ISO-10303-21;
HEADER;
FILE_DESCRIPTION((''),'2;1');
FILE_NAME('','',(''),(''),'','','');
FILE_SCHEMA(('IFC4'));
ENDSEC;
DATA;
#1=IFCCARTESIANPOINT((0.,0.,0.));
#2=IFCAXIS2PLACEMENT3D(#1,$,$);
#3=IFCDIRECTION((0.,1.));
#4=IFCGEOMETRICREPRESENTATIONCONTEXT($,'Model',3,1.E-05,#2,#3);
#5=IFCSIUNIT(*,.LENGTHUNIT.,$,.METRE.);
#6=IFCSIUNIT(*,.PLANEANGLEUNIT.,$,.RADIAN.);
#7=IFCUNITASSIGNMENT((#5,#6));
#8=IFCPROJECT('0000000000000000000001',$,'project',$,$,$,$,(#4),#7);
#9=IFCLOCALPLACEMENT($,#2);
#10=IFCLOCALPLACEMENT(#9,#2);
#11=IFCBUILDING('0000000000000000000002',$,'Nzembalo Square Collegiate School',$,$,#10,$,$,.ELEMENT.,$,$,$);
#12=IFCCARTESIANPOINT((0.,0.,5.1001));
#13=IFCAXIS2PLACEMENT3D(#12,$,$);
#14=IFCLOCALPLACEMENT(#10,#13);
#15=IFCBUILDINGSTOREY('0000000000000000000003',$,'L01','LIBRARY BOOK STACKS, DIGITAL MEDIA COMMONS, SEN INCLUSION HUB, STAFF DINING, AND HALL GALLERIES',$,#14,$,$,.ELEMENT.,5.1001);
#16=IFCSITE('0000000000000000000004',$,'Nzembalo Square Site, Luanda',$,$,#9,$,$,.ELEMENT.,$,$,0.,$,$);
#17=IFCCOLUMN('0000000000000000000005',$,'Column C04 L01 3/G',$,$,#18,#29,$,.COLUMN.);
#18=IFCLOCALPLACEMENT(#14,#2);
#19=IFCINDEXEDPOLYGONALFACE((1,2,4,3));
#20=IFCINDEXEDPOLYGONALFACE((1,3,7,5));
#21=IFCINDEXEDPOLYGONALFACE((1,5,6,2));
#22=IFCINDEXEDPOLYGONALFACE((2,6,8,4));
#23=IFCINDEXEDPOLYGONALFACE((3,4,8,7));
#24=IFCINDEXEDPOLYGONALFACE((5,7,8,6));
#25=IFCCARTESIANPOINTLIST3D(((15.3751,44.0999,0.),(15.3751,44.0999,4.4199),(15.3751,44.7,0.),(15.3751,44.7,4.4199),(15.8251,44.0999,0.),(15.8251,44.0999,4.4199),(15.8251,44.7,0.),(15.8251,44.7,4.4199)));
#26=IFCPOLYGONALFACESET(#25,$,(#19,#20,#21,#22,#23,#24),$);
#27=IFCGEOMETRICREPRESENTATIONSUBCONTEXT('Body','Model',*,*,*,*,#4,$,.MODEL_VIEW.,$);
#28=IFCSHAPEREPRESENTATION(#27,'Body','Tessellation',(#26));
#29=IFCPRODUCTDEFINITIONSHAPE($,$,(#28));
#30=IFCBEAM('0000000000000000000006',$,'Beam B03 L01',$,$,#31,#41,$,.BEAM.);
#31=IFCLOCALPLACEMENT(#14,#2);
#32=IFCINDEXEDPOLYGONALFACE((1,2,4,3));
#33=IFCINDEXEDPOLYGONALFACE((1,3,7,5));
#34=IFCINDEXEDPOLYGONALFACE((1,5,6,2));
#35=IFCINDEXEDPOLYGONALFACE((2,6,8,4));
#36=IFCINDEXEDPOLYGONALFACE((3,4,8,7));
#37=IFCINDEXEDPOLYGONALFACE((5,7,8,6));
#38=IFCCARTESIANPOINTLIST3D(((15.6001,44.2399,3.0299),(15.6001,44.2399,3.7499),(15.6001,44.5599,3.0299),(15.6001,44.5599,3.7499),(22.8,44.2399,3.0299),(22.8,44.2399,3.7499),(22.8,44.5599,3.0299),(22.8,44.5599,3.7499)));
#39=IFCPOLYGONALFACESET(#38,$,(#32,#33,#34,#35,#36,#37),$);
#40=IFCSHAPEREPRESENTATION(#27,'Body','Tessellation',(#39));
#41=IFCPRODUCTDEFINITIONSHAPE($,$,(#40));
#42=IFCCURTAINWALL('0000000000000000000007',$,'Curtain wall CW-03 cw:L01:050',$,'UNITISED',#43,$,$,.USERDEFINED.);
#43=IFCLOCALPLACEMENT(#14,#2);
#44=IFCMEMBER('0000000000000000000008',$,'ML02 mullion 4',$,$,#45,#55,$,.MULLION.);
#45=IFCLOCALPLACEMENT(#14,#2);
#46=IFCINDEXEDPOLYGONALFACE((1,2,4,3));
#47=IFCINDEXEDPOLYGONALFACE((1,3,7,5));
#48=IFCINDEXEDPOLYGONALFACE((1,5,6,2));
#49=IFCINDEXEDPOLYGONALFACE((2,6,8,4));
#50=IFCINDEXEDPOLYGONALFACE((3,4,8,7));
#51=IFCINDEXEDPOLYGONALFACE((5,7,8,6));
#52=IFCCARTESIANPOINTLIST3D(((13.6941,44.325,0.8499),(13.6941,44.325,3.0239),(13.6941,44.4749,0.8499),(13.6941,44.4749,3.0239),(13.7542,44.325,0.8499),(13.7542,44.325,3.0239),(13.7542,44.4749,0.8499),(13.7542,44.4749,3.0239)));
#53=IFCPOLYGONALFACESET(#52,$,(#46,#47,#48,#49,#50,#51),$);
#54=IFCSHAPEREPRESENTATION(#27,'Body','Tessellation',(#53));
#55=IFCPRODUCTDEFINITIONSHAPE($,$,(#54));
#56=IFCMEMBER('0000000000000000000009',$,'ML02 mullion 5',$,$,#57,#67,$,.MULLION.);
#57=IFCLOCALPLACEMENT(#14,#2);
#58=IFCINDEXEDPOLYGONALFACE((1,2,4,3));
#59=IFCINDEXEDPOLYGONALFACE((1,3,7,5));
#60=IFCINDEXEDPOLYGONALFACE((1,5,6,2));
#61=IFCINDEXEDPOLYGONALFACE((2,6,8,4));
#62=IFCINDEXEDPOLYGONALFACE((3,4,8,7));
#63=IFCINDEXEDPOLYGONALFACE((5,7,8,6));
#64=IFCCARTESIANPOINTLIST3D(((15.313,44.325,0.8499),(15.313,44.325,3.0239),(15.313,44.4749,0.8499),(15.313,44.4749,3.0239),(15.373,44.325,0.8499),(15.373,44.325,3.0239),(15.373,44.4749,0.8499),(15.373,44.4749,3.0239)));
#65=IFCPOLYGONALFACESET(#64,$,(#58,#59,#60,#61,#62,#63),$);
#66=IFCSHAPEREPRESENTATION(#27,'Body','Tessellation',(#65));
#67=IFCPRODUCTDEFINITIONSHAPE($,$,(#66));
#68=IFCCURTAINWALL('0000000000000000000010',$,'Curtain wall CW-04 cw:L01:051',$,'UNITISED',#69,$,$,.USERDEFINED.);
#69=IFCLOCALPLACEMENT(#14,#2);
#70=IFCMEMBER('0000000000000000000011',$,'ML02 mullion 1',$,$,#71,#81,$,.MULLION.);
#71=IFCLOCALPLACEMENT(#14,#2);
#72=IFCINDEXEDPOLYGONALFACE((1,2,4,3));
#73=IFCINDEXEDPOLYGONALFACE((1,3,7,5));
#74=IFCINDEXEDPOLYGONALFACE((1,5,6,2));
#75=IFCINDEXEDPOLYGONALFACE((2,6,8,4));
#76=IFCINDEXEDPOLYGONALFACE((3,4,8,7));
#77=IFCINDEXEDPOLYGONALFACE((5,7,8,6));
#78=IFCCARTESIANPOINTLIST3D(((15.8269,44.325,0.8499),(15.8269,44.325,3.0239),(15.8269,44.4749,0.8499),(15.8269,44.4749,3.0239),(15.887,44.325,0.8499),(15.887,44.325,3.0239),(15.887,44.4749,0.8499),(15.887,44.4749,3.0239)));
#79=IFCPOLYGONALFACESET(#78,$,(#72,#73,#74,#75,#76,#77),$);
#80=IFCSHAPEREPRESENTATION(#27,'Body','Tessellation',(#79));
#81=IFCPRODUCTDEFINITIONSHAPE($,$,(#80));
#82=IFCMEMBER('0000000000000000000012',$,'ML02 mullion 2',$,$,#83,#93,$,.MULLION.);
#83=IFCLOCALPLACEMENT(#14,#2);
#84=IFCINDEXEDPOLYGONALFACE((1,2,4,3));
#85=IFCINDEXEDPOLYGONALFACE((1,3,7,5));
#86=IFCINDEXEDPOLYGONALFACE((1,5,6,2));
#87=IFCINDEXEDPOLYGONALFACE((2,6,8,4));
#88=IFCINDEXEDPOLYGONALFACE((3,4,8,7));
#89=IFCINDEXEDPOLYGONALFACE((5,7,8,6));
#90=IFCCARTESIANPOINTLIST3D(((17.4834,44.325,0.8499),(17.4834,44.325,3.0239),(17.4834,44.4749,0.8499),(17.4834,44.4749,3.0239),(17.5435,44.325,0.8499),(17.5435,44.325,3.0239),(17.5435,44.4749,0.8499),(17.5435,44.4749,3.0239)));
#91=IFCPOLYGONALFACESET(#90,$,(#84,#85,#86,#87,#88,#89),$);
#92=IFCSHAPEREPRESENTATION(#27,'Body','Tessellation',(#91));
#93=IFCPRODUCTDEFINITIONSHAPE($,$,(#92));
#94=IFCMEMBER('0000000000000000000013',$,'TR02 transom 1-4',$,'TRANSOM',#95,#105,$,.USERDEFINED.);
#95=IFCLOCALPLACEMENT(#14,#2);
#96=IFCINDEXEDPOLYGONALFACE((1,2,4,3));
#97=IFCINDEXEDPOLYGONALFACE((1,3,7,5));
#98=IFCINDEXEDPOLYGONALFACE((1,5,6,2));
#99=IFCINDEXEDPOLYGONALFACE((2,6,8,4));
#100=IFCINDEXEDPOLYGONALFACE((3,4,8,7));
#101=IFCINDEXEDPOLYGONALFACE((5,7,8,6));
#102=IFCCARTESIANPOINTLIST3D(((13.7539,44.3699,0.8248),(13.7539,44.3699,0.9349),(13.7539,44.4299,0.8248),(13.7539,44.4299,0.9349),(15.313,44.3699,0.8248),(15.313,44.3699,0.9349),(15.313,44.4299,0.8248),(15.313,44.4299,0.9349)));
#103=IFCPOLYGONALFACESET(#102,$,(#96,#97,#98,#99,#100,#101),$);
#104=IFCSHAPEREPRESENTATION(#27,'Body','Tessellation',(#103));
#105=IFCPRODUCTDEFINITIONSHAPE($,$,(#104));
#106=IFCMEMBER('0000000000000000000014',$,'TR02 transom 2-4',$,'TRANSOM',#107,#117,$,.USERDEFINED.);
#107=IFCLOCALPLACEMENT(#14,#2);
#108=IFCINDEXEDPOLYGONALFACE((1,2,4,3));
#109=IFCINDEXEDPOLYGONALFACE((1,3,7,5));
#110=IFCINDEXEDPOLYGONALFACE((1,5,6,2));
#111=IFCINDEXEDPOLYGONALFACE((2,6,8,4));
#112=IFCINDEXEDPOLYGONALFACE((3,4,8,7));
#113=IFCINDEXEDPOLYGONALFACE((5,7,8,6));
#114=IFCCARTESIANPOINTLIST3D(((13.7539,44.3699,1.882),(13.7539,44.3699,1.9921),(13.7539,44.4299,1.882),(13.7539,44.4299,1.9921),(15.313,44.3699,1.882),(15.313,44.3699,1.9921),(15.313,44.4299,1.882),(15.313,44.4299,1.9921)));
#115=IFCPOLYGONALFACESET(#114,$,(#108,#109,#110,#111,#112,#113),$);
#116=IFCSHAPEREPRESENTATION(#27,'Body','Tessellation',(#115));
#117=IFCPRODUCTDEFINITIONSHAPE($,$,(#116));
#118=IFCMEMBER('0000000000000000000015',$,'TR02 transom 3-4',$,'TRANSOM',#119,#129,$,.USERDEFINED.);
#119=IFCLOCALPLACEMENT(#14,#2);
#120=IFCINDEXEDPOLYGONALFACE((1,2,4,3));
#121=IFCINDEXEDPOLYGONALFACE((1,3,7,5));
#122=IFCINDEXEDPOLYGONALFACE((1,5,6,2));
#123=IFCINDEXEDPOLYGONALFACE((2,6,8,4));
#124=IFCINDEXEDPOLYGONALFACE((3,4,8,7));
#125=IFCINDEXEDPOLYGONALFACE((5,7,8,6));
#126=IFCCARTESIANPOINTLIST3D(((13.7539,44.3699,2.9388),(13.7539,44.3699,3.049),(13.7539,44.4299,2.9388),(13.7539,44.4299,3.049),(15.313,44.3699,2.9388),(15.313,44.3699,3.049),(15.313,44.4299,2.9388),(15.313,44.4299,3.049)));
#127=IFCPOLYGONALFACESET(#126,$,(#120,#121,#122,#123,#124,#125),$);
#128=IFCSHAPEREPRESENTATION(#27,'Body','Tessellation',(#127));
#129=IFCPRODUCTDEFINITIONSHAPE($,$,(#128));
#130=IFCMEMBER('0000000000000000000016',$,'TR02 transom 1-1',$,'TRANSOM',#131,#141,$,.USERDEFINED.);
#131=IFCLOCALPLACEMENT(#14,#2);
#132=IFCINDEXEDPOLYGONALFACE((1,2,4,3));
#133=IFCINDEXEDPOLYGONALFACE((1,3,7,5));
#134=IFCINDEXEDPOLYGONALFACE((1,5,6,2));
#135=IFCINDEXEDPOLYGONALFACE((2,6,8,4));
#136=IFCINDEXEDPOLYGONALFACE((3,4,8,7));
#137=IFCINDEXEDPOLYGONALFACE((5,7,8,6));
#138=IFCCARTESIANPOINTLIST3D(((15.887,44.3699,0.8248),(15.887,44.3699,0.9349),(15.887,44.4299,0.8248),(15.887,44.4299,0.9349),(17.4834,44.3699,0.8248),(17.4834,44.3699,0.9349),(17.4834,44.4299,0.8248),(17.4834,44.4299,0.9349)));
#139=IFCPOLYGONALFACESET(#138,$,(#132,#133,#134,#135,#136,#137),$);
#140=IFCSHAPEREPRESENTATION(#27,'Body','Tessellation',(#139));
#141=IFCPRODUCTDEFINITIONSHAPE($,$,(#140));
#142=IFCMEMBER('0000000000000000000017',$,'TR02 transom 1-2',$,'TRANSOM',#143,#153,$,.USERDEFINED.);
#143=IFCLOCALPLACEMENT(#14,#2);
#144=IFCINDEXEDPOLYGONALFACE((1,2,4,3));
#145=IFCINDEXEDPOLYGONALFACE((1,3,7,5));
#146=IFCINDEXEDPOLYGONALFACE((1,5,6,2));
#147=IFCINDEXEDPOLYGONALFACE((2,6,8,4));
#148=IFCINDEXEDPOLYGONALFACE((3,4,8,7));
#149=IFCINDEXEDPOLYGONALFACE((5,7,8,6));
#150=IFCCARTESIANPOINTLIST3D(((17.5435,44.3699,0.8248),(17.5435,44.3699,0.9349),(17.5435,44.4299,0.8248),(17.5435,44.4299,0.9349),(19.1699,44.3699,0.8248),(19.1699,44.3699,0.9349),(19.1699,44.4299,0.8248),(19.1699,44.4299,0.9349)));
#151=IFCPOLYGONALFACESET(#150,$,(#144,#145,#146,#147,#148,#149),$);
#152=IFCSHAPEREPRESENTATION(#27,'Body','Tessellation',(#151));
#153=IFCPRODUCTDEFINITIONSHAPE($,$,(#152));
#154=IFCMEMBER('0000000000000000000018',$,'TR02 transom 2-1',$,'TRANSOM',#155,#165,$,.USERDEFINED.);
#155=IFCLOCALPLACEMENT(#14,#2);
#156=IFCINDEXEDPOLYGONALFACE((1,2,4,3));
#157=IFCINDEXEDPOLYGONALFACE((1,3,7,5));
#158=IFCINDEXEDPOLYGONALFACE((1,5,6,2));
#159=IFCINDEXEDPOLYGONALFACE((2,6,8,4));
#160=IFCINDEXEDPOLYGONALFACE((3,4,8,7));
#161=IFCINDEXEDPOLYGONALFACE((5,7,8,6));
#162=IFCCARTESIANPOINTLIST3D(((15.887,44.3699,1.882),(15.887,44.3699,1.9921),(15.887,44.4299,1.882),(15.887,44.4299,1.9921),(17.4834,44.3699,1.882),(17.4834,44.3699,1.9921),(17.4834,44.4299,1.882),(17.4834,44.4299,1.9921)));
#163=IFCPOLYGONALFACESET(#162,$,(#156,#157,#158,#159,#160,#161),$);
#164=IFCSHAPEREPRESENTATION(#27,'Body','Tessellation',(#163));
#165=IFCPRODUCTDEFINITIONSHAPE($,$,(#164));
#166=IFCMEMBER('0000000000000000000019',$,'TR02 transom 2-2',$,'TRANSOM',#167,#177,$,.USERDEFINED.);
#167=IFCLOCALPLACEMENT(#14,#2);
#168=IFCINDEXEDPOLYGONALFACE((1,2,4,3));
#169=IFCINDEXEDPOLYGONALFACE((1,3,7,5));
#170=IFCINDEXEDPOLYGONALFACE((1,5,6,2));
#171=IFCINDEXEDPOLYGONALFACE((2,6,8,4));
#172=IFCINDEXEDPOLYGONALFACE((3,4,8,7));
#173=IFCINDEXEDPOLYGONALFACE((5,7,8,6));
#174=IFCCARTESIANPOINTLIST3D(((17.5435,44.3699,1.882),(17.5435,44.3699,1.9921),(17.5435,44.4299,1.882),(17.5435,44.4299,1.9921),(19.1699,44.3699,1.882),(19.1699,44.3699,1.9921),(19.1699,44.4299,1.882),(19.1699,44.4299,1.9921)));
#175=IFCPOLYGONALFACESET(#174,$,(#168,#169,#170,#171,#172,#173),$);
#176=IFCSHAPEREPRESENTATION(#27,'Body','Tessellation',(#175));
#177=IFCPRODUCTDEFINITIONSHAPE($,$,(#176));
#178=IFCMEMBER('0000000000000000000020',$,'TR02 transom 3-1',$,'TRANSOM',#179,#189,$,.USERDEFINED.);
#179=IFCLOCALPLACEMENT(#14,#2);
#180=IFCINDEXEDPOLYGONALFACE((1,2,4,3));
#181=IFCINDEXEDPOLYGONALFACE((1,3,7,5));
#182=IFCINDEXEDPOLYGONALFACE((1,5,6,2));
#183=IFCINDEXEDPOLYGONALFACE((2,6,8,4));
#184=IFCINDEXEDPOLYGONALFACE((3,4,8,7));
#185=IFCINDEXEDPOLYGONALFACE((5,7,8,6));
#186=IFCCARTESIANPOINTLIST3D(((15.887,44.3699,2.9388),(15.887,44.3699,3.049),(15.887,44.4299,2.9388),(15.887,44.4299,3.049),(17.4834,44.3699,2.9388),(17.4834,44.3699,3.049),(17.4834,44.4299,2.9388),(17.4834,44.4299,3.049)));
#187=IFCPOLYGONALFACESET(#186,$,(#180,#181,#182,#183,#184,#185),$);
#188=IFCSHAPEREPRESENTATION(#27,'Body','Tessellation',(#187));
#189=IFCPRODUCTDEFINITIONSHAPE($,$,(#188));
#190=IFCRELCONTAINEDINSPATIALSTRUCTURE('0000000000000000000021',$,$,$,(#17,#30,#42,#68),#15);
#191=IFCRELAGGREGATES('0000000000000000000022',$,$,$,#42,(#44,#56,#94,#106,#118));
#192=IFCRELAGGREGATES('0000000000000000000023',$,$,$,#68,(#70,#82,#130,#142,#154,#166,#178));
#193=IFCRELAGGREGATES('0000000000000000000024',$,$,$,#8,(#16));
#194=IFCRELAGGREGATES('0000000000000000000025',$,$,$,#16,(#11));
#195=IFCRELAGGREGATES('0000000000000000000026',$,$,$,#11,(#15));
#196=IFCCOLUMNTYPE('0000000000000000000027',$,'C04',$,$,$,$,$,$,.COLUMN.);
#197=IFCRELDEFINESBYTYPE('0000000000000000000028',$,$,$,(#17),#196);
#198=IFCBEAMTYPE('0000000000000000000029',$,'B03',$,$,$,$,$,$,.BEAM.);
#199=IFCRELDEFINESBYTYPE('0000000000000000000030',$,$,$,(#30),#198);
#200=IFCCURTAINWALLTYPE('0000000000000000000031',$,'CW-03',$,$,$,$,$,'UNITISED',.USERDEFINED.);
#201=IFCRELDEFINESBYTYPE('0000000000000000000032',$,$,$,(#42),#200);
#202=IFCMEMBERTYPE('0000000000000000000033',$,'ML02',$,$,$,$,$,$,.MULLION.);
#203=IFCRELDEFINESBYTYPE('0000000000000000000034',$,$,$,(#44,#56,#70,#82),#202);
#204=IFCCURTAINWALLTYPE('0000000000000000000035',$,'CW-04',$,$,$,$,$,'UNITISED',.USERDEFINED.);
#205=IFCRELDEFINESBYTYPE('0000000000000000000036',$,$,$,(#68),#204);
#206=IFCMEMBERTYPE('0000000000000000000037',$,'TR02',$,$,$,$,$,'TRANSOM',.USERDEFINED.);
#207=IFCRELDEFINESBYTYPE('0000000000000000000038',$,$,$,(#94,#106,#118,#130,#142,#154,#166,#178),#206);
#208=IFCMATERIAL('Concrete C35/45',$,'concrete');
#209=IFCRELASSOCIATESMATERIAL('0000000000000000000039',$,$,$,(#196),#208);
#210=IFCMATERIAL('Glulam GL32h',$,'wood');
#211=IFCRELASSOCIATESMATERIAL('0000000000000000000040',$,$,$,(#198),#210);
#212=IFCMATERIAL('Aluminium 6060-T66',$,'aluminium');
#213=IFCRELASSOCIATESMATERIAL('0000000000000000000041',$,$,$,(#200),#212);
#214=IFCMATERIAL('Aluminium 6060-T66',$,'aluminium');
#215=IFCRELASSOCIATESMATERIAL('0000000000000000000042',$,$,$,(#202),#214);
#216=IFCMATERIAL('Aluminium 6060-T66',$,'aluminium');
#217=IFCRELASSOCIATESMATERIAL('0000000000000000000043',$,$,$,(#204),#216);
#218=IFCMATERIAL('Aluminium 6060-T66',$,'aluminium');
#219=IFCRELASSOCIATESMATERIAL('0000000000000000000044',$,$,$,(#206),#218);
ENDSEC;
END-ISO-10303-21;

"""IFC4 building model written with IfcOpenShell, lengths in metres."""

from ifc_helpers import new_model, si_unit, direction, frame, origin, origin_2d, place, context, subcontext, project, spatial, rectangle, extrude, material, material_profile, profile_set, type_object, element, aggregate, save


model = new_model("IFC4")

# Units and contexts
model_context = context("Model", 3, precision=1e-05, world=origin(), true_north=direction((0.0, 1.0)))
body_context = subcontext(model_context, "Body", "Model", "MODEL_VIEW")
ifc_project = project(units=[si_unit("LENGTHUNIT", "METRE"), si_unit("PLANEANGLEUNIT", "RADIAN")], contexts=[model_context])

# Site, building, storey
site_placement = place(None, origin())
site = spatial("IfcSite", under=ifc_project, at=site_placement, Name="Nzembalo Square Site, Luanda", CompositionType="ELEMENT", RefElevation=0.0)
building_placement = place(site_placement, origin())
building = spatial("IfcBuilding", under=site, at=building_placement, Name="Nzembalo Square Collegiate School", CompositionType="ELEMENT")
storey_placement = place(building_placement, frame((0.0, 0.0, 5.1001)))
storey = spatial("IfcBuildingStorey", under=building, at=storey_placement, Name="L01", Description="LIBRARY BOOK STACKS, DIGITAL MEDIA COMMONS, SEN INCLUSION HUB, STAFF DINING, AND HALL GALLERIES", CompositionType="ELEMENT", Elevation=5.1001)

# Column
ifc_material_1 = material(Name="Concrete C35/45", Category="concrete")
ifc_material_profile_1 = material_profile(ifc_material_1, rectangle(XDim=0.45, YDim=0.6001, at=origin_2d()), Name="RC 450x600")
ifc_profile_set_1 = profile_set([ifc_material_profile_1], Name="Concrete C35/45")
column_type = type_object("IfcColumnType", Name="C04", PredefinedType="COLUMN", material=ifc_profile_set_1)
column_placement = place(storey_placement, frame((15.6001, 44.3999, 0.0), z_axis=(0.0, 0.0, 1.0), x_axis=(1.0, 0.0, 0.0)))
element("IfcColumn", 1, at=column_placement, inside=storey, type_object=column_type, Name="Column C04 L01 3/G", PredefinedType="COLUMN", context=body_context, shape_type="SweptSolid", body=[
    extrude(rectangle(XDim=0.45, YDim=0.6001, at=origin_2d()), origin(), (0.0, 0.0, 1.0), 4.4199),
])

# Beam
ifc_material_2 = material(Name="Glulam GL32h", Category="wood")
ifc_material_profile_2 = material_profile(ifc_material_2, rectangle(XDim=0.3201, YDim=0.72, at=origin_2d()), Name="GL32h 320x720")
ifc_profile_set_2 = profile_set([ifc_material_profile_2], Name="Glulam GL32h")
beam_type = type_object("IfcBeamType", Name="B03", PredefinedType="BEAM", material=ifc_profile_set_2)
beam_placement = place(storey_placement, frame((15.6001, 44.3999, 3.3899), z_axis=(1.0, 0.0, 0.0), x_axis=(0.0, 1.0, 0.0)))
element("IfcBeam", 2, at=beam_placement, inside=storey, type_object=beam_type, Name="Beam B03 L01", PredefinedType="BEAM", context=body_context, shape_type="SweptSolid", body=[
    extrude(rectangle(XDim=0.3201, YDim=0.72, at=origin_2d()), origin(), (0.0, 0.0, 1.0), 7.2),
])

# Curtain walls, members
ifc_material_3 = material(Name="Aluminium 6060-T66", Category="aluminium")
curtain_wall_type_1 = type_object("IfcCurtainWallType", Name="CW-03", ElementType="UNITISED", PredefinedType="USERDEFINED", material=ifc_material_3)
curtain_wall_1_placement = place(storey_placement, origin())
curtain_wall_1 = element("IfcCurtainWall", 3, at=curtain_wall_1_placement, inside=storey, type_object=curtain_wall_type_1, Name="Curtain wall CW-03 cw:L01:050", ObjectType="UNITISED", PredefinedType="USERDEFINED")
ifc_material_4 = material(Name="Aluminium 6060-T66", Category="aluminium")
ifc_material_profile_3 = material_profile(ifc_material_4, rectangle(XDim=0.0601, YDim=0.1499, at=origin_2d()), Name="ALU M60x150")
ifc_profile_set_3 = profile_set([ifc_material_profile_3], Name="Aluminium 6060-T66")
member_type_1 = type_object("IfcMemberType", Name="ML02", PredefinedType="MULLION", material=ifc_profile_set_3)
member_1_placement = place(storey_placement, frame((13.7241, 44.3999, 0.8499), z_axis=(0.0, 0.0, 1.0), x_axis=(1.0, 0.0, 0.0)))
member_1 = element("IfcMember", 4, at=member_1_placement, type_object=member_type_1, Name="ML02 mullion 4", PredefinedType="MULLION", context=body_context, shape_type="SweptSolid", body=[
    extrude(rectangle(XDim=0.0601, YDim=0.1499, at=origin_2d()), origin(), (0.0, 0.0, 1.0), 2.1741),
])
member_2_placement = place(storey_placement, frame((15.343, 44.3999, 0.8499), z_axis=(0.0, 0.0, 1.0), x_axis=(1.0, 0.0, 0.0)))
member_2 = element("IfcMember", 5, at=member_2_placement, type_object=member_type_1, Name="ML02 mullion 5", PredefinedType="MULLION", context=body_context, shape_type="SweptSolid", body=[
    extrude(rectangle(XDim=0.0601, YDim=0.1499, at=origin_2d()), origin(), (0.0, 0.0, 1.0), 2.1741),
])
ifc_material_5 = material(Name="Aluminium 6060-T66", Category="aluminium")
curtain_wall_type_2 = type_object("IfcCurtainWallType", Name="CW-04", ElementType="UNITISED", PredefinedType="USERDEFINED", material=ifc_material_5)
curtain_wall_2_placement = place(storey_placement, origin())
curtain_wall_2 = element("IfcCurtainWall", 6, at=curtain_wall_2_placement, inside=storey, type_object=curtain_wall_type_2, Name="Curtain wall CW-04 cw:L01:051", ObjectType="UNITISED", PredefinedType="USERDEFINED")
member_3_placement = place(storey_placement, frame((15.8569, 44.3999, 0.8499), z_axis=(0.0, 0.0, 1.0), x_axis=(1.0, 0.0, 0.0)))
member_3 = element("IfcMember", 7, at=member_3_placement, type_object=member_type_1, Name="ML02 mullion 1", PredefinedType="MULLION", context=body_context, shape_type="SweptSolid", body=[
    extrude(rectangle(XDim=0.0601, YDim=0.1499, at=origin_2d()), origin(), (0.0, 0.0, 1.0), 2.1741),
])
member_4_placement = place(storey_placement, frame((17.5134, 44.3999, 0.8499), z_axis=(0.0, 0.0, 1.0), x_axis=(1.0, 0.0, 0.0)))
member_4 = element("IfcMember", 8, at=member_4_placement, type_object=member_type_1, Name="ML02 mullion 2", PredefinedType="MULLION", context=body_context, shape_type="SweptSolid", body=[
    extrude(rectangle(XDim=0.0601, YDim=0.1499, at=origin_2d()), origin(), (0.0, 0.0, 1.0), 2.1741),
])

# Members
ifc_material_6 = material(Name="Aluminium 6060-T66", Category="aluminium")
ifc_material_profile_4 = material_profile(ifc_material_6, rectangle(XDim=0.0601, YDim=0.1101, at=origin_2d()), Name="ALU T60x110")
ifc_profile_set_4 = profile_set([ifc_material_profile_4], Name="Aluminium 6060-T66")
member_type_2 = type_object("IfcMemberType", Name="TR02", ElementType="TRANSOM", PredefinedType="USERDEFINED", material=ifc_profile_set_4)
member_5_placement = place(storey_placement, frame((13.7539, 44.3999, 0.8799), z_axis=(1.0, 0.0, 0.0), x_axis=(0.0, 1.0, 0.0)))
member_5 = element("IfcMember", 9, at=member_5_placement, type_object=member_type_2, Name="TR02 transom 1-4", ObjectType="TRANSOM", PredefinedType="USERDEFINED", context=body_context, shape_type="SweptSolid", body=[
    extrude(rectangle(XDim=0.0601, YDim=0.1101, at=origin_2d()), origin(), (0.0, 0.0, 1.0), 1.5591),
])
member_6_placement = place(storey_placement, frame((13.7539, 44.3999, 1.937), z_axis=(1.0, 0.0, 0.0), x_axis=(0.0, 1.0, 0.0)))
member_6 = element("IfcMember", 10, at=member_6_placement, type_object=member_type_2, Name="TR02 transom 2-4", ObjectType="TRANSOM", PredefinedType="USERDEFINED", context=body_context, shape_type="SweptSolid", body=[
    extrude(rectangle(XDim=0.0601, YDim=0.1101, at=origin_2d()), origin(), (0.0, 0.0, 1.0), 1.5591),
])
member_7_placement = place(storey_placement, frame((13.7539, 44.3999, 2.9939), z_axis=(1.0, 0.0, 0.0), x_axis=(0.0, 1.0, 0.0)))
member_7 = element("IfcMember", 11, at=member_7_placement, type_object=member_type_2, Name="TR02 transom 3-4", ObjectType="TRANSOM", PredefinedType="USERDEFINED", context=body_context, shape_type="SweptSolid", body=[
    extrude(rectangle(XDim=0.0601, YDim=0.1101, at=origin_2d()), origin(), (0.0, 0.0, 1.0), 1.5591),
])
member_8_placement = place(storey_placement, frame((15.887, 44.3999, 0.8799), z_axis=(1.0, 0.0, 0.0), x_axis=(0.0, 1.0, 0.0)))
member_8 = element("IfcMember", 12, at=member_8_placement, type_object=member_type_2, Name="TR02 transom 1-1", ObjectType="TRANSOM", PredefinedType="USERDEFINED", context=body_context, shape_type="SweptSolid", body=[
    extrude(rectangle(XDim=0.0601, YDim=0.1101, at=origin_2d()), origin(), (0.0, 0.0, 1.0), 1.5964),
])
member_9_placement = place(storey_placement, frame((17.5435, 44.3999, 0.8799), z_axis=(1.0, 0.0, 0.0), x_axis=(0.0, 1.0, 0.0)))
member_9 = element("IfcMember", 13, at=member_9_placement, type_object=member_type_2, Name="TR02 transom 1-2", ObjectType="TRANSOM", PredefinedType="USERDEFINED", context=body_context, shape_type="SweptSolid", body=[
    extrude(rectangle(XDim=0.0601, YDim=0.1101, at=origin_2d()), origin(), (0.0, 0.0, 1.0), 1.6265),
])
member_10_placement = place(storey_placement, frame((15.887, 44.3999, 1.937), z_axis=(1.0, 0.0, 0.0), x_axis=(0.0, 1.0, 0.0)))
member_10 = element("IfcMember", 14, at=member_10_placement, type_object=member_type_2, Name="TR02 transom 2-1", ObjectType="TRANSOM", PredefinedType="USERDEFINED", context=body_context, shape_type="SweptSolid", body=[
    extrude(rectangle(XDim=0.0601, YDim=0.1101, at=origin_2d()), origin(), (0.0, 0.0, 1.0), 1.5964),
])
member_11_placement = place(storey_placement, frame((17.5435, 44.3999, 1.937), z_axis=(1.0, 0.0, 0.0), x_axis=(0.0, 1.0, 0.0)))
member_11 = element("IfcMember", 15, at=member_11_placement, type_object=member_type_2, Name="TR02 transom 2-2", ObjectType="TRANSOM", PredefinedType="USERDEFINED", context=body_context, shape_type="SweptSolid", body=[
    extrude(rectangle(XDim=0.0601, YDim=0.1101, at=origin_2d()), origin(), (0.0, 0.0, 1.0), 1.6265),
])
member_12_placement = place(storey_placement, frame((15.887, 44.3999, 2.9939), z_axis=(1.0, 0.0, 0.0), x_axis=(0.0, 1.0, 0.0)))
member_12 = element("IfcMember", 16, at=member_12_placement, type_object=member_type_2, Name="TR02 transom 3-1", ObjectType="TRANSOM", PredefinedType="USERDEFINED", context=body_context, shape_type="SweptSolid", body=[
    extrude(rectangle(XDim=0.0601, YDim=0.1101, at=origin_2d()), origin(), (0.0, 0.0, 1.0), 1.5964),
])

aggregate(curtain_wall_1, [member_1, member_2, member_5, member_6, member_7])
aggregate(curtain_wall_2, [member_3, member_4, member_8, member_9, member_10, member_11, member_12])

save(model, "model.ifc")
